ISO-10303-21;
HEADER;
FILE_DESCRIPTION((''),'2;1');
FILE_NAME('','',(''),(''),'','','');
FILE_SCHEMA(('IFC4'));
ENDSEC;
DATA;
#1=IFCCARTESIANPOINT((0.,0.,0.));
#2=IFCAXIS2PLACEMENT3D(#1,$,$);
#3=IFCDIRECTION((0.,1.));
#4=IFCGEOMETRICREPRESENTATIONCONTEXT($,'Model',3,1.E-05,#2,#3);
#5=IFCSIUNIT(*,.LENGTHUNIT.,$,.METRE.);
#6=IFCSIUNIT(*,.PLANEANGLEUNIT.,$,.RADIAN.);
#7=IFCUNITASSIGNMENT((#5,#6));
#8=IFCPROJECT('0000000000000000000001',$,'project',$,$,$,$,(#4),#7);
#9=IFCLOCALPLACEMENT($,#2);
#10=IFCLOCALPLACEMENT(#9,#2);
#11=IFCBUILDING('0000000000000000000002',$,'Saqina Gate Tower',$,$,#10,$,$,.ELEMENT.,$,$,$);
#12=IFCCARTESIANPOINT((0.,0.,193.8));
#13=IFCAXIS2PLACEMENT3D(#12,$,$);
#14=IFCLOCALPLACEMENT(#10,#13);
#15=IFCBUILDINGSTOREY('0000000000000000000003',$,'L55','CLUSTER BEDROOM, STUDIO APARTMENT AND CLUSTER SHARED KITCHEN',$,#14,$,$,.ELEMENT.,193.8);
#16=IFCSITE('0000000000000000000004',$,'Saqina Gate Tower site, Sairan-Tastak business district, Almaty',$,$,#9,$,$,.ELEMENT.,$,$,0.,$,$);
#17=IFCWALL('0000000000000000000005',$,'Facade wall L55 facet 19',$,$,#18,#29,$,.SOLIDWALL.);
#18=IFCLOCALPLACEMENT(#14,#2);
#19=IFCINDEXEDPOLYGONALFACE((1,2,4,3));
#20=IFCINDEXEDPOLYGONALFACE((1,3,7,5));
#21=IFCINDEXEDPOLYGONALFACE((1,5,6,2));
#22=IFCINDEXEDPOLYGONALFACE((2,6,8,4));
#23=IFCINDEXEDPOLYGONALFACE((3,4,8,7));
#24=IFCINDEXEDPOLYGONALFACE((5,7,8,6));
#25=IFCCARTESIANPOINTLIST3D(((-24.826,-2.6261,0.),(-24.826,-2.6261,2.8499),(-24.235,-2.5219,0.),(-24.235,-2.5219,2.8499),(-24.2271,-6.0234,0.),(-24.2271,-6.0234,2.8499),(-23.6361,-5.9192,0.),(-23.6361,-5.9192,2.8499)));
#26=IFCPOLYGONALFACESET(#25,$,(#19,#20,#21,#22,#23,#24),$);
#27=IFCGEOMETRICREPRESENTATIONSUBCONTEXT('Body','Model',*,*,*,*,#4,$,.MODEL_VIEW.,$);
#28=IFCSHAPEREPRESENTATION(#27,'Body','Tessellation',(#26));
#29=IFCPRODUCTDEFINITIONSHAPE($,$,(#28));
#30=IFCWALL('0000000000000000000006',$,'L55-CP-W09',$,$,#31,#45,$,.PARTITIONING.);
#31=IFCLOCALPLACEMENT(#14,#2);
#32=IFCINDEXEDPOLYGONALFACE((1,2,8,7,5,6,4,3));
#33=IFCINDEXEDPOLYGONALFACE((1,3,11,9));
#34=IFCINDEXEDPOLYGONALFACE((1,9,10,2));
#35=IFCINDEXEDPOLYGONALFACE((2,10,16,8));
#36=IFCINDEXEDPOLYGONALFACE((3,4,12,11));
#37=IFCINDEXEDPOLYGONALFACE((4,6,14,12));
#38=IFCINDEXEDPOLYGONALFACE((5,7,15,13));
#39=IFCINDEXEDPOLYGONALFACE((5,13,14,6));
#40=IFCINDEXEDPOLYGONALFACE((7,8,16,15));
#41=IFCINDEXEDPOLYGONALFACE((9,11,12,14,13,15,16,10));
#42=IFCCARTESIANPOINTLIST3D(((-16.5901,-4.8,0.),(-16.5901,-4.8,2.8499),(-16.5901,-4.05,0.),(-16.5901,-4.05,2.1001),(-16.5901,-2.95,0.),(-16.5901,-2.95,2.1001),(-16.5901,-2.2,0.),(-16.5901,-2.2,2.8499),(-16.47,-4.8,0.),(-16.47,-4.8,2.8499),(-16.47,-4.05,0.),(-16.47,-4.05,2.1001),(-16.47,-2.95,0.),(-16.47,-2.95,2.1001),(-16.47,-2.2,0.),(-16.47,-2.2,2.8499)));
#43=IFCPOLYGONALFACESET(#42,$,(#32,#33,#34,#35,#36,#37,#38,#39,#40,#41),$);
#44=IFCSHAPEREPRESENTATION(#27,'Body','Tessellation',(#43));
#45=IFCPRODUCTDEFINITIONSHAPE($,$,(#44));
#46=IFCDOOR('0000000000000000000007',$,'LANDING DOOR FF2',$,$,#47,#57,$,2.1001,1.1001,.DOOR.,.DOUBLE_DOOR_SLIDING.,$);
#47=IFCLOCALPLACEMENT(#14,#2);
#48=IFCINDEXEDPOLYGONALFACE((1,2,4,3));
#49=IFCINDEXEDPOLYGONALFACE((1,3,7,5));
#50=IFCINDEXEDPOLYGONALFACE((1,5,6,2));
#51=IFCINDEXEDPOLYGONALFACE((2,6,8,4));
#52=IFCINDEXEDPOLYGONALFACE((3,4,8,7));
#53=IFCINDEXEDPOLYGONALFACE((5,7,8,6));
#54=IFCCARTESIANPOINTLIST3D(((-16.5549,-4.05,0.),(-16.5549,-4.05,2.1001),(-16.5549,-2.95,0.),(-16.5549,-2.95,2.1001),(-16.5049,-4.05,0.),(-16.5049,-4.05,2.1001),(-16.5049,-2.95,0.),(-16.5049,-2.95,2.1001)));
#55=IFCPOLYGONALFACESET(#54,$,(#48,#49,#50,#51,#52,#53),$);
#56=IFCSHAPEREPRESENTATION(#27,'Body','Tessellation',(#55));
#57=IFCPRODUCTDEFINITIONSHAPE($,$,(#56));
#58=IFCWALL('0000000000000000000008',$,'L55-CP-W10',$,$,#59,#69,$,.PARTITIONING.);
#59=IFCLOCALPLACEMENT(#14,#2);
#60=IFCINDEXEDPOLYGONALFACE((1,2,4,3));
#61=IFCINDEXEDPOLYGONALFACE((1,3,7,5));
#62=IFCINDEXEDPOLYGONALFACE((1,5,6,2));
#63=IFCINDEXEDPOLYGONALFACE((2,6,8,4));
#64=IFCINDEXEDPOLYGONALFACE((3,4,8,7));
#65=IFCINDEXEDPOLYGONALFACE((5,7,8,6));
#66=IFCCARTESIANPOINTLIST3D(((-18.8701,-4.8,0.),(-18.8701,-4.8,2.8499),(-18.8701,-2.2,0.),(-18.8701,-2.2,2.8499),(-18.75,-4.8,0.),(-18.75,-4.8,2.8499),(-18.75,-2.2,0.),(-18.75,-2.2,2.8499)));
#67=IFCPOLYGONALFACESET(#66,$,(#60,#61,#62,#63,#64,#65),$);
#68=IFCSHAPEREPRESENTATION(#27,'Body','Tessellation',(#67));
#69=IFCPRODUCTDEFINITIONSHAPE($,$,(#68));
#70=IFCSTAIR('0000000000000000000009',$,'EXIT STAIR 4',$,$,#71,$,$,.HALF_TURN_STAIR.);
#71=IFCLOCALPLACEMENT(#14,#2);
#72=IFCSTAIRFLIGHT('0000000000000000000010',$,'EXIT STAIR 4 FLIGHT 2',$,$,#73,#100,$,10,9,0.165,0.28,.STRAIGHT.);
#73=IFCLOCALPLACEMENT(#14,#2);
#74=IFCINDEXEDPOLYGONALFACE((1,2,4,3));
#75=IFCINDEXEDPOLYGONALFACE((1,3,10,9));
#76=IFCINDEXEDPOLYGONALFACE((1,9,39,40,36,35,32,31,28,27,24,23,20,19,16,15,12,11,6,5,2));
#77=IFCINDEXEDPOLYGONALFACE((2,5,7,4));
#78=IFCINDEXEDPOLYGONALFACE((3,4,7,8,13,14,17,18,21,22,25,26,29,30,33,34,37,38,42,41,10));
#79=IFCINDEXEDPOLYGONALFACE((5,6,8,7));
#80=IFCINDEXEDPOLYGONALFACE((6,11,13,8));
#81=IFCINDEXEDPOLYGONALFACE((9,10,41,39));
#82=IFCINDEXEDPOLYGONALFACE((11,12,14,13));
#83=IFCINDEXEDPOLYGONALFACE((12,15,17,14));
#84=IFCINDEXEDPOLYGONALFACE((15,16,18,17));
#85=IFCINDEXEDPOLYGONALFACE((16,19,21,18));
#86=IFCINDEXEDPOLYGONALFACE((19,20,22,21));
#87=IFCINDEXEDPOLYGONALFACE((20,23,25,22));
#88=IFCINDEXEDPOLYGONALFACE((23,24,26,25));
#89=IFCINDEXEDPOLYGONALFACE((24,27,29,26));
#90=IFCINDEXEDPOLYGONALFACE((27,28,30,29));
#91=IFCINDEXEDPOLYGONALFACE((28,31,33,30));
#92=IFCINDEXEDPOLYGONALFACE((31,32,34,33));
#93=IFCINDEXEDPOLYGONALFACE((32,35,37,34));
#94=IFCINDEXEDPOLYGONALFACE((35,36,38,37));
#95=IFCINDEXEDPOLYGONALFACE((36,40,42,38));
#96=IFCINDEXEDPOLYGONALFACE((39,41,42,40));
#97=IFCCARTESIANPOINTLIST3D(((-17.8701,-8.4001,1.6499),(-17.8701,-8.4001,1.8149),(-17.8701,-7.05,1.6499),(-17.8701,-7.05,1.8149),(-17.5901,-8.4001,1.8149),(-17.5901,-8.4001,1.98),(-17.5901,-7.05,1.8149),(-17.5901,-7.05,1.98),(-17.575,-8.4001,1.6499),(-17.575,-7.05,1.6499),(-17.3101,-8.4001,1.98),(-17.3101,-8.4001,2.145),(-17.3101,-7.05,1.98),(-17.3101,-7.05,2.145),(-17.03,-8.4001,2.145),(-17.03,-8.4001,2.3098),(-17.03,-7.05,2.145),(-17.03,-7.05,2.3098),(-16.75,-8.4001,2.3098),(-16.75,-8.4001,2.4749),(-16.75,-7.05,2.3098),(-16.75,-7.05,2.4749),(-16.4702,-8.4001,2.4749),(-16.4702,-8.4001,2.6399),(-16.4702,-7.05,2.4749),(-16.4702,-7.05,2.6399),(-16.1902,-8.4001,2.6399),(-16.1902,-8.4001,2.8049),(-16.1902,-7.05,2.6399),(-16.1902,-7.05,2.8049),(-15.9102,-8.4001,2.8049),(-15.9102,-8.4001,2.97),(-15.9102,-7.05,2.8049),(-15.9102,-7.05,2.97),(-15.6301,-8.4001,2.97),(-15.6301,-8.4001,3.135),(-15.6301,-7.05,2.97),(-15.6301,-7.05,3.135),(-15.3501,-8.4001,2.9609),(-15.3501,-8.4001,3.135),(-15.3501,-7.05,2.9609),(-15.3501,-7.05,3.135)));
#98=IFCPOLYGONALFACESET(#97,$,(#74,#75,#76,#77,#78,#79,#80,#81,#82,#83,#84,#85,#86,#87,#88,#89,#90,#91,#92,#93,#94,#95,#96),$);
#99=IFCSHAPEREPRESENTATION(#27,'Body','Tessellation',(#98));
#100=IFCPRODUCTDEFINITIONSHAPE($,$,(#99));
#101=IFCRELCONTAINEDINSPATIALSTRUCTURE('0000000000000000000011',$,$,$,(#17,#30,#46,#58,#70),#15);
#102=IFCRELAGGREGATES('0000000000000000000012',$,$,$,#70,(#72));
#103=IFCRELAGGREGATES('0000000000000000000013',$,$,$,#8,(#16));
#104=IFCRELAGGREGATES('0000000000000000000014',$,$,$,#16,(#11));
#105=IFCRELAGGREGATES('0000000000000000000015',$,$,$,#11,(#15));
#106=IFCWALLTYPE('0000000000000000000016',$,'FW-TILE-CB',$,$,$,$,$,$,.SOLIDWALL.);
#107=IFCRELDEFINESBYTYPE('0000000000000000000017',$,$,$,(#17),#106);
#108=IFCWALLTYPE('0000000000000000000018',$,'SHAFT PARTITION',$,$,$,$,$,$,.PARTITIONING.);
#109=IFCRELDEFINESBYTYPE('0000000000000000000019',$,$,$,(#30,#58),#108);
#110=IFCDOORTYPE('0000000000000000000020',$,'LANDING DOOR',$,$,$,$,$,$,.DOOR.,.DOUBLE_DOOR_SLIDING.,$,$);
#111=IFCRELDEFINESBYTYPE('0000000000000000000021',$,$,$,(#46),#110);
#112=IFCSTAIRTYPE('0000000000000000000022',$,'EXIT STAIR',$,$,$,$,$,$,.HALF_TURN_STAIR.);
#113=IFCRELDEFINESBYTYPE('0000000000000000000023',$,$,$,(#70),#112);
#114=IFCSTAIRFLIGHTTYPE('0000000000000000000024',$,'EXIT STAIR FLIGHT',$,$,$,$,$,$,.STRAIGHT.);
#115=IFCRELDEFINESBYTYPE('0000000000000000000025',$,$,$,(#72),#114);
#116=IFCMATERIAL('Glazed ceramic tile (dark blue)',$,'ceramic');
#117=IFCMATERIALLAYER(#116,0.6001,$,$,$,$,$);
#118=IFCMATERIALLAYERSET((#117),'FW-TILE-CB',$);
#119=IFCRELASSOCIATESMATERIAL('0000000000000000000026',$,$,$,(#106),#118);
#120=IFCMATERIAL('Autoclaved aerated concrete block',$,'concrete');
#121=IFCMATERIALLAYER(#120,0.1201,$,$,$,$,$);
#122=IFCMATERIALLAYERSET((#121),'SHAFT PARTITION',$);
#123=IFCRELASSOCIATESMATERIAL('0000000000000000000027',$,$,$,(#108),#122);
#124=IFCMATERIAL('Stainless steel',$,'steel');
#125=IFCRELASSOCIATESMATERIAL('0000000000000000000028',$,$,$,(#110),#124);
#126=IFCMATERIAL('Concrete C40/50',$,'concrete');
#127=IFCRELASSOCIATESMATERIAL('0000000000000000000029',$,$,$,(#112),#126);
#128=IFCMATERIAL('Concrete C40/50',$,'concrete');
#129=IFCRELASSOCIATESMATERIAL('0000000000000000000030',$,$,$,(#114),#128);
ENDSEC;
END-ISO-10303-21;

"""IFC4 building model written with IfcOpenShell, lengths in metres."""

from ifc_helpers import new_model, si_unit, direction, frame, frame_2d, origin, place, context, subcontext, project, spatial, polyline, rectangle, outline, extrude, material, layer, layer_set, type_object, element, fill, aggregate, save


model = new_model("IFC4")

# Units and contexts
model_context = context("Model", 3, precision=1e-05, world=origin(), true_north=direction((0.0, 1.0)))
body_context = subcontext(model_context, "Body", "Model", "MODEL_VIEW")
ifc_project = project(units=[si_unit("LENGTHUNIT", "METRE"), si_unit("PLANEANGLEUNIT", "RADIAN")], contexts=[model_context])

# Site, building, storey
site_placement = place(None, origin())
site = spatial("IfcSite", under=ifc_project, at=site_placement, Name="Saqina Gate Tower site, Sairan-Tastak business district, Almaty", CompositionType="ELEMENT", RefElevation=0.0)
building_placement = place(site_placement, origin())
building = spatial("IfcBuilding", under=site, at=building_placement, Name="Saqina Gate Tower", CompositionType="ELEMENT")
storey_placement = place(building_placement, frame((0.0, 0.0, 193.8)))
storey = spatial("IfcBuildingStorey", under=building, at=storey_placement, Name="L55", Description="CLUSTER BEDROOM, STUDIO APARTMENT AND CLUSTER SHARED KITCHEN", CompositionType="ELEMENT", Elevation=193.8)

# Wall
ifc_material_1 = material(Name="Glazed ceramic tile (dark blue)", Category="ceramic")
ifc_layer_1 = layer(ifc_material_1, 0.6001)
ifc_layer_set_1 = layer_set([ifc_layer_1], Name="FW-TILE-CB")
wall_type_1 = type_object("IfcWallType", Name="FW-TILE-CB", PredefinedType="SOLIDWALL", material=ifc_layer_set_1)
wall_1_placement = place(storey_placement, frame((-24.5305, -2.574, 0.0), z_axis=(0.0, 0.0, 1.0), x_axis=(0.173608, -0.984815, 0.0)))
element("IfcWall", 1, at=wall_1_placement, inside=storey, type_object=wall_type_1, Name="Facade wall L55 facet 19", PredefinedType="SOLIDWALL", context=body_context, shape_type="SweptSolid", body=[
    extrude(rectangle(XDim=3.4497, YDim=0.6001, at=frame_2d((1.7249, 0.0))), origin(), (0.0, 0.0, 1.0), 2.8499),
])

# Wall, opening, door
ifc_material_2 = material(Name="Autoclaved aerated concrete block", Category="concrete")
ifc_layer_2 = layer(ifc_material_2, 0.1201)
ifc_layer_set_2 = layer_set([ifc_layer_2], Name="SHAFT PARTITION")
wall_type_2 = type_object("IfcWallType", Name="SHAFT PARTITION", PredefinedType="PARTITIONING", material=ifc_layer_set_2)
wall_2_placement = place(storey_placement, frame((-16.53, -4.8, 0.0), z_axis=(0.0, 0.0, 1.0), x_axis=(0.0, 1.0, 0.0)))
wall_2 = element("IfcWall", 2, at=wall_2_placement, inside=storey, type_object=wall_type_2, Name="L55-CP-W09", PredefinedType="PARTITIONING", context=body_context, shape_type="SweptSolid", body=[
    extrude(rectangle(XDim=2.6001, YDim=0.1201, at=frame_2d((1.3, 0.0))), origin(), (0.0, 0.0, 1.0), 2.8499),
])
opening_1_placement = place(wall_2_placement, frame((0.75, 0.0, 0.0)))
opening_1 = element("IfcOpeningElement", 3, at=opening_1_placement, cuts=wall_2, PredefinedType="OPENING", context=body_context, shape_type="SweptSolid", body=[
    extrude(rectangle(XDim=1.1001, YDim=2.1001, at=frame_2d((0.55, 1.05))), frame((0.0, 0.072, 0.0), z_axis=(0.0, -1.0, 0.0), x_axis=(1.0, 0.0, 0.0)), (0.0, 0.0, 1.0), 0.144),
])
ifc_material_3 = material(Name="Stainless steel", Category="steel")
door_type_1 = type_object("IfcDoorType", Name="LANDING DOOR", OperationType="DOUBLE_DOOR_SLIDING", PredefinedType="DOOR", material=ifc_material_3)
door_1_placement = place(opening_1_placement, origin())
door_1 = element("IfcDoor", 4, at=door_1_placement, inside=storey, type_object=door_type_1, Name="LANDING DOOR FF2", OperationType="DOUBLE_DOOR_SLIDING", OverallHeight=2.1001, OverallWidth=1.1001, PredefinedType="DOOR", context=body_context, shape_type="SweptSolid", body=[
    extrude(rectangle(XDim=1.1001, YDim=2.1001, at=frame_2d((0.55, 1.05))), frame((0.0, 0.0249, 0.0), z_axis=(0.0, -1.0, 0.0), x_axis=(1.0, 0.0, 0.0)), (0.0, 0.0, 1.0), 0.05),
])
fill(opening_1, door_1)

# Wall
wall_3_placement = place(storey_placement, frame((-18.8101, -4.8, 0.0), z_axis=(0.0, 0.0, 1.0), x_axis=(0.0, 1.0, 0.0)))
element("IfcWall", 5, at=wall_3_placement, inside=storey, type_object=wall_type_2, Name="L55-CP-W10", PredefinedType="PARTITIONING", context=body_context, shape_type="SweptSolid", body=[
    extrude(rectangle(XDim=2.6001, YDim=0.1201, at=frame_2d((1.3, 0.0))), origin(), (0.0, 0.0, 1.0), 2.8499),
])

# Stair, stair flight
ifc_material_4 = material(Name="Concrete C40/50", Category="concrete")
stair_type = type_object("IfcStairType", Name="EXIT STAIR", PredefinedType="HALF_TURN_STAIR", material=ifc_material_4)
stair_placement = place(storey_placement, origin())
stair = element("IfcStair", 6, at=stair_placement, inside=storey, type_object=stair_type, Name="EXIT STAIR 4", PredefinedType="HALF_TURN_STAIR")
ifc_material_5 = material(Name="Concrete C40/50", Category="concrete")
stair_flight_type = type_object("IfcStairFlightType", Name="EXIT STAIR FLIGHT", PredefinedType="STRAIGHT", material=ifc_material_5)
stair_flight_placement = place(storey_placement, frame((-17.8701, -7.7251, 1.6499), z_axis=(0.0, 0.0, 1.0), x_axis=(1.0, 0.0, 0.0)))
stair_flight = element("IfcStairFlight", 7, at=stair_flight_placement, type_object=stair_flight_type, Name="EXIT STAIR 4 FLIGHT 2", NumberOfRisers=10, NumberOfTreads=9, PredefinedType="STRAIGHT", RiserHeight=0.165, TreadLength=0.28, context=body_context, shape_type="SweptSolid", body=[
    extrude(outline(polyline([(0.0, 0.0), (0.0, 0.165), (0.28, 0.165), (0.28, 0.3301), (0.5601, 0.3301), (0.5601, 0.4951), (0.8401, 0.4951), (0.8401, 0.6599), (1.1201, 0.6599), (1.1201, 0.825), (1.3999, 0.825), (1.3999, 0.99), (1.6799, 0.99), (1.6799, 1.155), (1.96, 1.155), (1.96, 1.3201), (2.24, 1.3201), (2.24, 1.4851), (2.52, 1.4851), (2.52, 1.6499), (2.52, 1.311), (0.2952, 0.0), (0.0, 0.0)])), frame((0.0, 0.675, 0.0), z_axis=(0.0, -1.0, 0.0), x_axis=(1.0, 0.0, 0.0)), (0.0, 0.0, 1.0), 1.3501),
])
aggregate(stair, [stair_flight])

save(model, "model.ifc")
